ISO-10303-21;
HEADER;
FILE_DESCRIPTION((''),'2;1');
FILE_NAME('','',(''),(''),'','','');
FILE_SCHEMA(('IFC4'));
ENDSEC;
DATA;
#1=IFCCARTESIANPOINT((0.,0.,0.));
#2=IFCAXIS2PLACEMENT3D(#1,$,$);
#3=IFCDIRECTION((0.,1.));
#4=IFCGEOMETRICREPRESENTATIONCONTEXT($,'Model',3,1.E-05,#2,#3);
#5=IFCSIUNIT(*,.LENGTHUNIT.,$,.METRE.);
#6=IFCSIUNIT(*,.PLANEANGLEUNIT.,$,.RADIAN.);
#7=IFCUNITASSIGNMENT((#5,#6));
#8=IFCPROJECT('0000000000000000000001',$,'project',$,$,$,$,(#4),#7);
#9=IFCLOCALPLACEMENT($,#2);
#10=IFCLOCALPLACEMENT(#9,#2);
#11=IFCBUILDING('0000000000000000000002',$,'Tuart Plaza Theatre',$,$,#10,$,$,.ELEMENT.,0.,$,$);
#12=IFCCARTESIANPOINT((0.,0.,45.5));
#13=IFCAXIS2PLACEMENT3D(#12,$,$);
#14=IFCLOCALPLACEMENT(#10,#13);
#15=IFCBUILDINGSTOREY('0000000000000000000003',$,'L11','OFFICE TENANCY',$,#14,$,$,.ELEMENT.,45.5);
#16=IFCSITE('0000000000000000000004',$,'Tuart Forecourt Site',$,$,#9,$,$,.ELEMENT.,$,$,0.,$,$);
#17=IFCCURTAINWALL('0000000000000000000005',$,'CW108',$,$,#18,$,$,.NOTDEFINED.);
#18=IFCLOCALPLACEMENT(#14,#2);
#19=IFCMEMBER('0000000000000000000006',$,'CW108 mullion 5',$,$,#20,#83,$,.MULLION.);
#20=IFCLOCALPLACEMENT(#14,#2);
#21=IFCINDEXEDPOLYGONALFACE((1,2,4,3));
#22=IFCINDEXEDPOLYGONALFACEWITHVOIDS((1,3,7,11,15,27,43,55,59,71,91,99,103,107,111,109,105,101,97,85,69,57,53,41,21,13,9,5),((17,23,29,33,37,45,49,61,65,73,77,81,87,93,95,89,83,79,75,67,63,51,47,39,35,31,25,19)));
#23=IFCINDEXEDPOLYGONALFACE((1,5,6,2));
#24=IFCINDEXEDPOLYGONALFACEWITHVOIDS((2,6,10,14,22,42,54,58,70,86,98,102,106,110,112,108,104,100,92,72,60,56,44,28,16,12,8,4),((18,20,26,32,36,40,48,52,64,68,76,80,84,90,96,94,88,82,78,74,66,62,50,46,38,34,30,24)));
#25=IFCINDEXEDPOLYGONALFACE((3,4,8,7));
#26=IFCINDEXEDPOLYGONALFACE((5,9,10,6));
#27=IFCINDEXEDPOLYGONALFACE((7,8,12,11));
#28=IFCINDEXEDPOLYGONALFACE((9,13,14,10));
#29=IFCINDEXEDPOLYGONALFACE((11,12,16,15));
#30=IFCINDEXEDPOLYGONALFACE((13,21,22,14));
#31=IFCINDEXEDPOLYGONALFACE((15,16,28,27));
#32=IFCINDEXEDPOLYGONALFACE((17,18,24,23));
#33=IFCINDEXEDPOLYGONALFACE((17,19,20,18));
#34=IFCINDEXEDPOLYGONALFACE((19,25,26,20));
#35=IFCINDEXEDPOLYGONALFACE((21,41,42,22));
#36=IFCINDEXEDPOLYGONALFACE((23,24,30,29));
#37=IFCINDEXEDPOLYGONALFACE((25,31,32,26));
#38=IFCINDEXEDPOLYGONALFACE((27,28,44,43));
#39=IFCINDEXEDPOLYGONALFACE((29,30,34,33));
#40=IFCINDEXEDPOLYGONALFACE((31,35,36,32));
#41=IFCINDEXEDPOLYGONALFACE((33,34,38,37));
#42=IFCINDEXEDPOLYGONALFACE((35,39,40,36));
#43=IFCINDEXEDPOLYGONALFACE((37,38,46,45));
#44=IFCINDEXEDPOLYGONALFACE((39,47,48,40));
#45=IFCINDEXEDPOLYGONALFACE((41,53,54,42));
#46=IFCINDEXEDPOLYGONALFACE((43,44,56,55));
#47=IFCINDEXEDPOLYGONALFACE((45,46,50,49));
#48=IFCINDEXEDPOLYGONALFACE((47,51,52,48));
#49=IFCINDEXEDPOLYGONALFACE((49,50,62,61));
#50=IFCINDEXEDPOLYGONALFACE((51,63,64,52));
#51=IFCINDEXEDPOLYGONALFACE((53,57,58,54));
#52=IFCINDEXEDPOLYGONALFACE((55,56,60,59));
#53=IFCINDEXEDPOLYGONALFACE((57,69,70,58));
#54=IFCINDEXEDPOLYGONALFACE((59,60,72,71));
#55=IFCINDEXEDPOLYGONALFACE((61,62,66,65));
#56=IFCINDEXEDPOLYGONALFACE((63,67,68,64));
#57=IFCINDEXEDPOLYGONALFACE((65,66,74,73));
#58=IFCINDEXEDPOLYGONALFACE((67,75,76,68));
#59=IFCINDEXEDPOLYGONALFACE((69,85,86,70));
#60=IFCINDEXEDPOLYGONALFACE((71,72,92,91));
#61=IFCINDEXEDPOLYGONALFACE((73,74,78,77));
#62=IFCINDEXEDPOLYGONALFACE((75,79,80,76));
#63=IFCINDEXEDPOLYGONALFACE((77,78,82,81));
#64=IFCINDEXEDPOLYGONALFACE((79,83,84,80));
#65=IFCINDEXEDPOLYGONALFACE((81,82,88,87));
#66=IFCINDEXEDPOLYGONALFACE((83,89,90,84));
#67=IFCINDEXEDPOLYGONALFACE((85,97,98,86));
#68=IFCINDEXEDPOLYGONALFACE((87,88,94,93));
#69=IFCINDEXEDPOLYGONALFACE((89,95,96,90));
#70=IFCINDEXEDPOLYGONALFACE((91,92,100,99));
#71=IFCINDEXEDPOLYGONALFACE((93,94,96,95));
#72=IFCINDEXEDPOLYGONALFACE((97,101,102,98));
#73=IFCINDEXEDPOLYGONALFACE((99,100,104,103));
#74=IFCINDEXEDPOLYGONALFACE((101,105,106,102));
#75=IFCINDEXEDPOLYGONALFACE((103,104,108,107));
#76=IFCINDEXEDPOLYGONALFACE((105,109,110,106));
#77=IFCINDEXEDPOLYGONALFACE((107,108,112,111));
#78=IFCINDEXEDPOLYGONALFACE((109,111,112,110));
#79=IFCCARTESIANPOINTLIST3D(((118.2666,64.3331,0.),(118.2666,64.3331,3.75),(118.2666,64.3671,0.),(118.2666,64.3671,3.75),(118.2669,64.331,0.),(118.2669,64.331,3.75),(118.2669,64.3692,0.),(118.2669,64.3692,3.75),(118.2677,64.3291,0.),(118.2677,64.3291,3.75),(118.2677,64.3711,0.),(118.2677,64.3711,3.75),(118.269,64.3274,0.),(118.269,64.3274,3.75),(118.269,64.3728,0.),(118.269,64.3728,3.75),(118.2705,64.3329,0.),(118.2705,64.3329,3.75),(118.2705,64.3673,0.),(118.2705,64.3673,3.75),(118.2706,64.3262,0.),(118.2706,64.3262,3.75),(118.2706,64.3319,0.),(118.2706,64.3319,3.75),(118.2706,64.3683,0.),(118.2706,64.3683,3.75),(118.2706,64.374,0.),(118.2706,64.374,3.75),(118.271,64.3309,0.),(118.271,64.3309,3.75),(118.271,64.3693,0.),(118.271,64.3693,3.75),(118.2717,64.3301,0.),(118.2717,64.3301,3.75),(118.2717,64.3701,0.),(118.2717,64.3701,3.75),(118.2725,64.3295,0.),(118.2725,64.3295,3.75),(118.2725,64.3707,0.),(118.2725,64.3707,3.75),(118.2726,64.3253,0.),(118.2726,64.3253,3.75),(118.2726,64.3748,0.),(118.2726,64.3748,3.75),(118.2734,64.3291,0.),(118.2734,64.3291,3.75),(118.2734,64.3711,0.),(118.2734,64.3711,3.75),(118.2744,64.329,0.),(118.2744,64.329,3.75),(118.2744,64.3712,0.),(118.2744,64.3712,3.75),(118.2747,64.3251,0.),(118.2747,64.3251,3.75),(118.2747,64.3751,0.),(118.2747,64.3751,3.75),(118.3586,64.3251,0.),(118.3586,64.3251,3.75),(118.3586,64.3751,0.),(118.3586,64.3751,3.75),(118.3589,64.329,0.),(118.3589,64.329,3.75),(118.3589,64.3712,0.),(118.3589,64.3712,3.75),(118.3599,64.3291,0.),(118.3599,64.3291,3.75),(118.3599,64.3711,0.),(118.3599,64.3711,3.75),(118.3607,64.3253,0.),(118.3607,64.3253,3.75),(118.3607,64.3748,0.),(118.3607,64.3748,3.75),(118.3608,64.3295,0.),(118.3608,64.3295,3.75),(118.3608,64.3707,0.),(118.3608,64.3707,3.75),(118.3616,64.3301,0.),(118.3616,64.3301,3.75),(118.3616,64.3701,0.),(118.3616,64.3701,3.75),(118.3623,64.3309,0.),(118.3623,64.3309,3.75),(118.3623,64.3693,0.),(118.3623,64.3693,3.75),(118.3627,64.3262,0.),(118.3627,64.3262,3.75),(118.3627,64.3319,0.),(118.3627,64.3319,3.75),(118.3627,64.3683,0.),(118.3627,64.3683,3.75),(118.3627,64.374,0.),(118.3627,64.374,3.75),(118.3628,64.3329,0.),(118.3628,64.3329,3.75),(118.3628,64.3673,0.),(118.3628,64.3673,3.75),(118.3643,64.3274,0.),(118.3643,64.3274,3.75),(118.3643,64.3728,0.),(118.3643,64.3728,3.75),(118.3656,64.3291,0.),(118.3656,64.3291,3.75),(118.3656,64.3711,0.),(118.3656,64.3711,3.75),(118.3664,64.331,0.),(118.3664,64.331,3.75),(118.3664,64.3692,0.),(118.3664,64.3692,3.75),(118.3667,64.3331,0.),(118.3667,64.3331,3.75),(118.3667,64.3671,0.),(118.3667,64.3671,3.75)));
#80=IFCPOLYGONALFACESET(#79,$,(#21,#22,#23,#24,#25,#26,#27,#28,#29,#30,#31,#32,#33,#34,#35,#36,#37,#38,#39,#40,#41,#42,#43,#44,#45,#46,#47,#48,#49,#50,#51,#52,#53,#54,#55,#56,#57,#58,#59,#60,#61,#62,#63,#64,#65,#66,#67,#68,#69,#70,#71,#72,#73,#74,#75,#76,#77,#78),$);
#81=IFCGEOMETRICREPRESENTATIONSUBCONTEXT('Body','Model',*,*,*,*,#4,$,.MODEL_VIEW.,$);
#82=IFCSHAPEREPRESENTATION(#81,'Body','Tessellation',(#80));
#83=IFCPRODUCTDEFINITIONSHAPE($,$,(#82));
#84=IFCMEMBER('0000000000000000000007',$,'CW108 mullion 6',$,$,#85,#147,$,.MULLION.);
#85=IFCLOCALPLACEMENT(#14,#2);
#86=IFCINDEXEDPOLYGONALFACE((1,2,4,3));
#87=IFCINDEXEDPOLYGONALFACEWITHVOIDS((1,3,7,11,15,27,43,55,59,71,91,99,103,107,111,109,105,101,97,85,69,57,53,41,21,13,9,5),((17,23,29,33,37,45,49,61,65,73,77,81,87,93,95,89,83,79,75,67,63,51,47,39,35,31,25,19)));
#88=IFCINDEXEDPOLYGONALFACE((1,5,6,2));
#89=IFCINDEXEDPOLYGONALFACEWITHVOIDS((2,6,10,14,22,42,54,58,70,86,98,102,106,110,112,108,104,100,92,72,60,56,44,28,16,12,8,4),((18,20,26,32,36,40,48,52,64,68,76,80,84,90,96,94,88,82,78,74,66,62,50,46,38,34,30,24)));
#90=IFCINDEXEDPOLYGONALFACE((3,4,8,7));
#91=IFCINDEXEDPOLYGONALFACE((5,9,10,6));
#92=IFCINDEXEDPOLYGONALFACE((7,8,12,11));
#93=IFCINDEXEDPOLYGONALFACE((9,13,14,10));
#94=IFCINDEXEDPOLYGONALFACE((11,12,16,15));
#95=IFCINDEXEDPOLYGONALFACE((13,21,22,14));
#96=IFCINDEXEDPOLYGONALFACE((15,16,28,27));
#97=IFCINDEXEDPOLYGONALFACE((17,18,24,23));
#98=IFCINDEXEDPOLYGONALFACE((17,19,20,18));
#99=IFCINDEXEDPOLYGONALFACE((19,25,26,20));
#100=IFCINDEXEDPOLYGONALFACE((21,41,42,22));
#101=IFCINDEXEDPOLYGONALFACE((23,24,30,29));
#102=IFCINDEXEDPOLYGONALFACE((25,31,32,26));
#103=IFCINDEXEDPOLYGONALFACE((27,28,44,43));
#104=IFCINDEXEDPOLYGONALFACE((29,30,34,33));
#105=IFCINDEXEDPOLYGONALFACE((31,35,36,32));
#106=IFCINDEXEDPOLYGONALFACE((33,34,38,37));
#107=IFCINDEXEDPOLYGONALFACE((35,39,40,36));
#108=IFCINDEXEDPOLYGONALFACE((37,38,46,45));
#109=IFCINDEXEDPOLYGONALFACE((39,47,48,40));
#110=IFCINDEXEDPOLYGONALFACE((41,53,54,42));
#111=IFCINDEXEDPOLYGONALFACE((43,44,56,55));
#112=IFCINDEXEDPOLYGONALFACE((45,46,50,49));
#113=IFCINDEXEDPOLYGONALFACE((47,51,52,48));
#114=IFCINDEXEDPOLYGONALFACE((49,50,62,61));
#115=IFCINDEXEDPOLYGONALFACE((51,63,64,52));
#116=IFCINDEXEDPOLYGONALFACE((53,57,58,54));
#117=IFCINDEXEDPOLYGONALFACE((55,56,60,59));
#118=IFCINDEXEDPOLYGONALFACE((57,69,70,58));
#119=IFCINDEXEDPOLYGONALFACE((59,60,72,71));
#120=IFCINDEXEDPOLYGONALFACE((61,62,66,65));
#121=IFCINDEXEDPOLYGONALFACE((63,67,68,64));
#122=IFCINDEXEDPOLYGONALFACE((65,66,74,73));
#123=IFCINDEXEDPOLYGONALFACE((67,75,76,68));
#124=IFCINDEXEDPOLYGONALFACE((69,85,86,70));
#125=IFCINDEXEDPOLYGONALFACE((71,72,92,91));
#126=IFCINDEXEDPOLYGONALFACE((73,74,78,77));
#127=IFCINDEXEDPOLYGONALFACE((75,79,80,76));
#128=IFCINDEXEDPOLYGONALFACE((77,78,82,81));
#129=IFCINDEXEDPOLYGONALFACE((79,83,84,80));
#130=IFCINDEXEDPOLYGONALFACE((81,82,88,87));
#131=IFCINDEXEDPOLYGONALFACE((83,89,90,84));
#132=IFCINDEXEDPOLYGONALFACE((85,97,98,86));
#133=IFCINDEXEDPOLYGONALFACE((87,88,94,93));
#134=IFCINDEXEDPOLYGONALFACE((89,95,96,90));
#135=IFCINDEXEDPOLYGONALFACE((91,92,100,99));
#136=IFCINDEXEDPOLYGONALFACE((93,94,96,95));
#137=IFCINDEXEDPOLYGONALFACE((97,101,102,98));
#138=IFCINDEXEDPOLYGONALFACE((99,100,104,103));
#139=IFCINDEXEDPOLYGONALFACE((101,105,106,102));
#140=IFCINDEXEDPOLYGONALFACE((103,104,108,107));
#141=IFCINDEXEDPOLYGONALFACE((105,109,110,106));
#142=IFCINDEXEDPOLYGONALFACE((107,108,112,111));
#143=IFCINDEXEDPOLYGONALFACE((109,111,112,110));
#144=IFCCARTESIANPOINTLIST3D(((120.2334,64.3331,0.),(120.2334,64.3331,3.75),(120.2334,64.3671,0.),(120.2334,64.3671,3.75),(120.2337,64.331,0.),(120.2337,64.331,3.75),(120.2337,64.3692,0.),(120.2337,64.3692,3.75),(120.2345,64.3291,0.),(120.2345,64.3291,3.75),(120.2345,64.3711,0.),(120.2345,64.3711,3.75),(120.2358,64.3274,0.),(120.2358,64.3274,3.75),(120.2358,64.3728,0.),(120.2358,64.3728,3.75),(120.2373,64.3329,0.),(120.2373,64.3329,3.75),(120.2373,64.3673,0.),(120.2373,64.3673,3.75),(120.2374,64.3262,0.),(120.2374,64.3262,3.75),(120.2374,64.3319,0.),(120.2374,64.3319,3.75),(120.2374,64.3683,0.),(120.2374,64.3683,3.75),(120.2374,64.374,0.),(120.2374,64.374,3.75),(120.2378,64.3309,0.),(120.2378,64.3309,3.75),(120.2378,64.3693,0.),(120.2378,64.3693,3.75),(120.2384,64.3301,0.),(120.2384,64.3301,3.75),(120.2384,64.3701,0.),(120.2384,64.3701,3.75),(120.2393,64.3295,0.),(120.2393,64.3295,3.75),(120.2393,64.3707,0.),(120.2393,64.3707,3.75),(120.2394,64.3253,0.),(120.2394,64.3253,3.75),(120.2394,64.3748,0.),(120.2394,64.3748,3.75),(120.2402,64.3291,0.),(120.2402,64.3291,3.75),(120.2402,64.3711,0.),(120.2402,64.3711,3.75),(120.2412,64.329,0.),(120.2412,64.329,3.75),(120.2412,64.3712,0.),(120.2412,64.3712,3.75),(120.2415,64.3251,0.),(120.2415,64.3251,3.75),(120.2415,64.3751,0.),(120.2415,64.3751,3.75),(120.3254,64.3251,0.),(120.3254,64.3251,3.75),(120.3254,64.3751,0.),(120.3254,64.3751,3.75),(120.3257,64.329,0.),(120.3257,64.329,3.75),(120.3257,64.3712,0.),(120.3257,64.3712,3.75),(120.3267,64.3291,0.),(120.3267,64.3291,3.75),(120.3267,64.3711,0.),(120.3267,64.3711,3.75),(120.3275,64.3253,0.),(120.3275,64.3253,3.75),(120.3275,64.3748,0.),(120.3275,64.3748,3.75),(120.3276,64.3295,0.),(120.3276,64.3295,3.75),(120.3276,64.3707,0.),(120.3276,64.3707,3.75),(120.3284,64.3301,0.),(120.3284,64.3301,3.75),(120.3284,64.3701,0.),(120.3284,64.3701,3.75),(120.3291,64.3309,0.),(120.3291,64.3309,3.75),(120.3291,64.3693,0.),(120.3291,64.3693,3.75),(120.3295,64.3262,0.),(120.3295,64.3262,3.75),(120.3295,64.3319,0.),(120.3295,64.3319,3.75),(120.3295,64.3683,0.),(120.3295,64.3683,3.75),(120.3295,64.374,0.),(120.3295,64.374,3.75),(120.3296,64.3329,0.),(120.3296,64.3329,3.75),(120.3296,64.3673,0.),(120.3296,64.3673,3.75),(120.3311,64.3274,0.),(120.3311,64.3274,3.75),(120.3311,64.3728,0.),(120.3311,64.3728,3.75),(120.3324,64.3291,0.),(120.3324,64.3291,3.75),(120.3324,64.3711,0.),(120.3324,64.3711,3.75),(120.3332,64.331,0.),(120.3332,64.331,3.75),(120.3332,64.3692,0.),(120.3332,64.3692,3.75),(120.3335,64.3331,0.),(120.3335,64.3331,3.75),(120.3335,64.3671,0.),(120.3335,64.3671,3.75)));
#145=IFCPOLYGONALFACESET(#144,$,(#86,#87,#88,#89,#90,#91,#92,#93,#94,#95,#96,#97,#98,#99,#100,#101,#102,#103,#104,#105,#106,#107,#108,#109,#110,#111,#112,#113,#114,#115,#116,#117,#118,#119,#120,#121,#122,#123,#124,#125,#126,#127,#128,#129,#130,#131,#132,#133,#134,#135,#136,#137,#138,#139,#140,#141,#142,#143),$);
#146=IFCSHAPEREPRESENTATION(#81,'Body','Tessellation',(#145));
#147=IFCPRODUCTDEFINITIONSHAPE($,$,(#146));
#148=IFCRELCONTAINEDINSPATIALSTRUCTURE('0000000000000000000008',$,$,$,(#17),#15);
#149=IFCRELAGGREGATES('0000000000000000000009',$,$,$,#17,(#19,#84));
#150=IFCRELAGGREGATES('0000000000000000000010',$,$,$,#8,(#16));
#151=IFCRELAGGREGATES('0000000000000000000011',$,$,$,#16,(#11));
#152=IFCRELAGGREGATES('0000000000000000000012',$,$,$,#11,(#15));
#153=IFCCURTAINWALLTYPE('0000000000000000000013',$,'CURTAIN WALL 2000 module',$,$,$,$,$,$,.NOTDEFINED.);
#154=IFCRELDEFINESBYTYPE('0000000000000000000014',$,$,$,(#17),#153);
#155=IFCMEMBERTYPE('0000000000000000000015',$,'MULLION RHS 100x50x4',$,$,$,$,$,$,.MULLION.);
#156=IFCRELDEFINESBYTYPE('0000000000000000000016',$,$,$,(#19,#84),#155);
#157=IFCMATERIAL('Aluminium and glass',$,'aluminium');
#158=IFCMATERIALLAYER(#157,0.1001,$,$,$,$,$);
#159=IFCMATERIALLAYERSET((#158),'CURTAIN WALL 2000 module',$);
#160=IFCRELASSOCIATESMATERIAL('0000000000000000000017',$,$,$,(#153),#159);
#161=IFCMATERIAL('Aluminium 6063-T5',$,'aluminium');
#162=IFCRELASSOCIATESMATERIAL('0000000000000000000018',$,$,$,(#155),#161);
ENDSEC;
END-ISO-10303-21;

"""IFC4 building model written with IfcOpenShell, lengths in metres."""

from ifc_helpers import new_model, si_unit, direction, frame, origin, origin_2d, place, context, subcontext, project, spatial, hollow_rectangle, extrude, material, layer, layer_set, material_profile, profile_set, type_object, element, aggregate, save


model = new_model("IFC4")

# Units and contexts
model_context = context("Model", 3, precision=1e-05, world=origin(), true_north=direction((0.0, 1.0)))
body_context = subcontext(model_context, "Body", "Model", "MODEL_VIEW")
ifc_project = project(units=[si_unit("LENGTHUNIT", "METRE"), si_unit("PLANEANGLEUNIT", "RADIAN")], contexts=[model_context])

# Site, building, storey
site_placement = place(None, origin())
site = spatial("IfcSite", under=ifc_project, at=site_placement, Name="Tuart Forecourt Site", CompositionType="ELEMENT", RefElevation=0.0)
building_placement = place(site_placement, origin())
building = spatial("IfcBuilding", under=site, at=building_placement, Name="Tuart Plaza Theatre", CompositionType="ELEMENT", ElevationOfRefHeight=0.0)
storey_placement = place(building_placement, frame((0.0, 0.0, 45.5)))
storey = spatial("IfcBuildingStorey", under=building, at=storey_placement, Name="L11", Description="OFFICE TENANCY", CompositionType="ELEMENT", Elevation=45.5)

# Curtain wall, members
ifc_material_1 = material(Name="Aluminium and glass", Category="aluminium")
ifc_layer_1 = layer(ifc_material_1, 0.1001)
ifc_layer_set_1 = layer_set([ifc_layer_1], Name="CURTAIN WALL 2000 module")
curtain_wall_type = type_object("IfcCurtainWallType", Name="CURTAIN WALL 2000 module", PredefinedType="NOTDEFINED", material=ifc_layer_set_1)
curtain_wall_1_placement = place(storey_placement, origin())
curtain_wall_1 = element("IfcCurtainWall", 1, at=curtain_wall_1_placement, inside=storey, type_object=curtain_wall_type, Name="CW108", PredefinedType="NOTDEFINED")
ifc_material_2 = material(Name="Aluminium 6063-T5", Category="aluminium")
ifc_material_profile_1 = material_profile(ifc_material_2, hollow_rectangle(XDim=0.05, YDim=0.1001, WallThickness=0.0039, InnerFilletRadius=0.0039, OuterFilletRadius=0.0081, at=origin_2d()), Name="RHS 100x50x4")
ifc_profile_set_1 = profile_set([ifc_material_profile_1], Name="Aluminium 6063-T5")
member_type_1 = type_object("IfcMemberType", Name="MULLION RHS 100x50x4", PredefinedType="MULLION", material=ifc_profile_set_1)
member_1_placement = place(storey_placement, frame((118.3167, 64.3501, 0.0), z_axis=(0.0, 0.0, 1.0), x_axis=(0.0, 1.0, 0.0)))
member_1 = element("IfcMember", 2, at=member_1_placement, type_object=member_type_1, Name="CW108 mullion 5", PredefinedType="MULLION", context=body_context, shape_type="SweptSolid", body=[
    extrude(hollow_rectangle(XDim=0.05, YDim=0.1001, WallThickness=0.0039, InnerFilletRadius=0.0039, OuterFilletRadius=0.0081, at=origin_2d()), origin(), (0.0, 0.0, 1.0), 3.75),
])
member_2_placement = place(storey_placement, frame((120.2834, 64.3501, 0.0), z_axis=(0.0, 0.0, 1.0), x_axis=(0.0, 1.0, 0.0)))
member_2 = element("IfcMember", 3, at=member_2_placement, type_object=member_type_1, Name="CW108 mullion 6", PredefinedType="MULLION", context=body_context, shape_type="SweptSolid", body=[
    extrude(hollow_rectangle(XDim=0.05, YDim=0.1001, WallThickness=0.0039, InnerFilletRadius=0.0039, OuterFilletRadius=0.0081, at=origin_2d()), origin(), (0.0, 0.0, 1.0), 3.75),
])

aggregate(curtain_wall_1, [member_1, member_2])

save(model, "model.ifc")
